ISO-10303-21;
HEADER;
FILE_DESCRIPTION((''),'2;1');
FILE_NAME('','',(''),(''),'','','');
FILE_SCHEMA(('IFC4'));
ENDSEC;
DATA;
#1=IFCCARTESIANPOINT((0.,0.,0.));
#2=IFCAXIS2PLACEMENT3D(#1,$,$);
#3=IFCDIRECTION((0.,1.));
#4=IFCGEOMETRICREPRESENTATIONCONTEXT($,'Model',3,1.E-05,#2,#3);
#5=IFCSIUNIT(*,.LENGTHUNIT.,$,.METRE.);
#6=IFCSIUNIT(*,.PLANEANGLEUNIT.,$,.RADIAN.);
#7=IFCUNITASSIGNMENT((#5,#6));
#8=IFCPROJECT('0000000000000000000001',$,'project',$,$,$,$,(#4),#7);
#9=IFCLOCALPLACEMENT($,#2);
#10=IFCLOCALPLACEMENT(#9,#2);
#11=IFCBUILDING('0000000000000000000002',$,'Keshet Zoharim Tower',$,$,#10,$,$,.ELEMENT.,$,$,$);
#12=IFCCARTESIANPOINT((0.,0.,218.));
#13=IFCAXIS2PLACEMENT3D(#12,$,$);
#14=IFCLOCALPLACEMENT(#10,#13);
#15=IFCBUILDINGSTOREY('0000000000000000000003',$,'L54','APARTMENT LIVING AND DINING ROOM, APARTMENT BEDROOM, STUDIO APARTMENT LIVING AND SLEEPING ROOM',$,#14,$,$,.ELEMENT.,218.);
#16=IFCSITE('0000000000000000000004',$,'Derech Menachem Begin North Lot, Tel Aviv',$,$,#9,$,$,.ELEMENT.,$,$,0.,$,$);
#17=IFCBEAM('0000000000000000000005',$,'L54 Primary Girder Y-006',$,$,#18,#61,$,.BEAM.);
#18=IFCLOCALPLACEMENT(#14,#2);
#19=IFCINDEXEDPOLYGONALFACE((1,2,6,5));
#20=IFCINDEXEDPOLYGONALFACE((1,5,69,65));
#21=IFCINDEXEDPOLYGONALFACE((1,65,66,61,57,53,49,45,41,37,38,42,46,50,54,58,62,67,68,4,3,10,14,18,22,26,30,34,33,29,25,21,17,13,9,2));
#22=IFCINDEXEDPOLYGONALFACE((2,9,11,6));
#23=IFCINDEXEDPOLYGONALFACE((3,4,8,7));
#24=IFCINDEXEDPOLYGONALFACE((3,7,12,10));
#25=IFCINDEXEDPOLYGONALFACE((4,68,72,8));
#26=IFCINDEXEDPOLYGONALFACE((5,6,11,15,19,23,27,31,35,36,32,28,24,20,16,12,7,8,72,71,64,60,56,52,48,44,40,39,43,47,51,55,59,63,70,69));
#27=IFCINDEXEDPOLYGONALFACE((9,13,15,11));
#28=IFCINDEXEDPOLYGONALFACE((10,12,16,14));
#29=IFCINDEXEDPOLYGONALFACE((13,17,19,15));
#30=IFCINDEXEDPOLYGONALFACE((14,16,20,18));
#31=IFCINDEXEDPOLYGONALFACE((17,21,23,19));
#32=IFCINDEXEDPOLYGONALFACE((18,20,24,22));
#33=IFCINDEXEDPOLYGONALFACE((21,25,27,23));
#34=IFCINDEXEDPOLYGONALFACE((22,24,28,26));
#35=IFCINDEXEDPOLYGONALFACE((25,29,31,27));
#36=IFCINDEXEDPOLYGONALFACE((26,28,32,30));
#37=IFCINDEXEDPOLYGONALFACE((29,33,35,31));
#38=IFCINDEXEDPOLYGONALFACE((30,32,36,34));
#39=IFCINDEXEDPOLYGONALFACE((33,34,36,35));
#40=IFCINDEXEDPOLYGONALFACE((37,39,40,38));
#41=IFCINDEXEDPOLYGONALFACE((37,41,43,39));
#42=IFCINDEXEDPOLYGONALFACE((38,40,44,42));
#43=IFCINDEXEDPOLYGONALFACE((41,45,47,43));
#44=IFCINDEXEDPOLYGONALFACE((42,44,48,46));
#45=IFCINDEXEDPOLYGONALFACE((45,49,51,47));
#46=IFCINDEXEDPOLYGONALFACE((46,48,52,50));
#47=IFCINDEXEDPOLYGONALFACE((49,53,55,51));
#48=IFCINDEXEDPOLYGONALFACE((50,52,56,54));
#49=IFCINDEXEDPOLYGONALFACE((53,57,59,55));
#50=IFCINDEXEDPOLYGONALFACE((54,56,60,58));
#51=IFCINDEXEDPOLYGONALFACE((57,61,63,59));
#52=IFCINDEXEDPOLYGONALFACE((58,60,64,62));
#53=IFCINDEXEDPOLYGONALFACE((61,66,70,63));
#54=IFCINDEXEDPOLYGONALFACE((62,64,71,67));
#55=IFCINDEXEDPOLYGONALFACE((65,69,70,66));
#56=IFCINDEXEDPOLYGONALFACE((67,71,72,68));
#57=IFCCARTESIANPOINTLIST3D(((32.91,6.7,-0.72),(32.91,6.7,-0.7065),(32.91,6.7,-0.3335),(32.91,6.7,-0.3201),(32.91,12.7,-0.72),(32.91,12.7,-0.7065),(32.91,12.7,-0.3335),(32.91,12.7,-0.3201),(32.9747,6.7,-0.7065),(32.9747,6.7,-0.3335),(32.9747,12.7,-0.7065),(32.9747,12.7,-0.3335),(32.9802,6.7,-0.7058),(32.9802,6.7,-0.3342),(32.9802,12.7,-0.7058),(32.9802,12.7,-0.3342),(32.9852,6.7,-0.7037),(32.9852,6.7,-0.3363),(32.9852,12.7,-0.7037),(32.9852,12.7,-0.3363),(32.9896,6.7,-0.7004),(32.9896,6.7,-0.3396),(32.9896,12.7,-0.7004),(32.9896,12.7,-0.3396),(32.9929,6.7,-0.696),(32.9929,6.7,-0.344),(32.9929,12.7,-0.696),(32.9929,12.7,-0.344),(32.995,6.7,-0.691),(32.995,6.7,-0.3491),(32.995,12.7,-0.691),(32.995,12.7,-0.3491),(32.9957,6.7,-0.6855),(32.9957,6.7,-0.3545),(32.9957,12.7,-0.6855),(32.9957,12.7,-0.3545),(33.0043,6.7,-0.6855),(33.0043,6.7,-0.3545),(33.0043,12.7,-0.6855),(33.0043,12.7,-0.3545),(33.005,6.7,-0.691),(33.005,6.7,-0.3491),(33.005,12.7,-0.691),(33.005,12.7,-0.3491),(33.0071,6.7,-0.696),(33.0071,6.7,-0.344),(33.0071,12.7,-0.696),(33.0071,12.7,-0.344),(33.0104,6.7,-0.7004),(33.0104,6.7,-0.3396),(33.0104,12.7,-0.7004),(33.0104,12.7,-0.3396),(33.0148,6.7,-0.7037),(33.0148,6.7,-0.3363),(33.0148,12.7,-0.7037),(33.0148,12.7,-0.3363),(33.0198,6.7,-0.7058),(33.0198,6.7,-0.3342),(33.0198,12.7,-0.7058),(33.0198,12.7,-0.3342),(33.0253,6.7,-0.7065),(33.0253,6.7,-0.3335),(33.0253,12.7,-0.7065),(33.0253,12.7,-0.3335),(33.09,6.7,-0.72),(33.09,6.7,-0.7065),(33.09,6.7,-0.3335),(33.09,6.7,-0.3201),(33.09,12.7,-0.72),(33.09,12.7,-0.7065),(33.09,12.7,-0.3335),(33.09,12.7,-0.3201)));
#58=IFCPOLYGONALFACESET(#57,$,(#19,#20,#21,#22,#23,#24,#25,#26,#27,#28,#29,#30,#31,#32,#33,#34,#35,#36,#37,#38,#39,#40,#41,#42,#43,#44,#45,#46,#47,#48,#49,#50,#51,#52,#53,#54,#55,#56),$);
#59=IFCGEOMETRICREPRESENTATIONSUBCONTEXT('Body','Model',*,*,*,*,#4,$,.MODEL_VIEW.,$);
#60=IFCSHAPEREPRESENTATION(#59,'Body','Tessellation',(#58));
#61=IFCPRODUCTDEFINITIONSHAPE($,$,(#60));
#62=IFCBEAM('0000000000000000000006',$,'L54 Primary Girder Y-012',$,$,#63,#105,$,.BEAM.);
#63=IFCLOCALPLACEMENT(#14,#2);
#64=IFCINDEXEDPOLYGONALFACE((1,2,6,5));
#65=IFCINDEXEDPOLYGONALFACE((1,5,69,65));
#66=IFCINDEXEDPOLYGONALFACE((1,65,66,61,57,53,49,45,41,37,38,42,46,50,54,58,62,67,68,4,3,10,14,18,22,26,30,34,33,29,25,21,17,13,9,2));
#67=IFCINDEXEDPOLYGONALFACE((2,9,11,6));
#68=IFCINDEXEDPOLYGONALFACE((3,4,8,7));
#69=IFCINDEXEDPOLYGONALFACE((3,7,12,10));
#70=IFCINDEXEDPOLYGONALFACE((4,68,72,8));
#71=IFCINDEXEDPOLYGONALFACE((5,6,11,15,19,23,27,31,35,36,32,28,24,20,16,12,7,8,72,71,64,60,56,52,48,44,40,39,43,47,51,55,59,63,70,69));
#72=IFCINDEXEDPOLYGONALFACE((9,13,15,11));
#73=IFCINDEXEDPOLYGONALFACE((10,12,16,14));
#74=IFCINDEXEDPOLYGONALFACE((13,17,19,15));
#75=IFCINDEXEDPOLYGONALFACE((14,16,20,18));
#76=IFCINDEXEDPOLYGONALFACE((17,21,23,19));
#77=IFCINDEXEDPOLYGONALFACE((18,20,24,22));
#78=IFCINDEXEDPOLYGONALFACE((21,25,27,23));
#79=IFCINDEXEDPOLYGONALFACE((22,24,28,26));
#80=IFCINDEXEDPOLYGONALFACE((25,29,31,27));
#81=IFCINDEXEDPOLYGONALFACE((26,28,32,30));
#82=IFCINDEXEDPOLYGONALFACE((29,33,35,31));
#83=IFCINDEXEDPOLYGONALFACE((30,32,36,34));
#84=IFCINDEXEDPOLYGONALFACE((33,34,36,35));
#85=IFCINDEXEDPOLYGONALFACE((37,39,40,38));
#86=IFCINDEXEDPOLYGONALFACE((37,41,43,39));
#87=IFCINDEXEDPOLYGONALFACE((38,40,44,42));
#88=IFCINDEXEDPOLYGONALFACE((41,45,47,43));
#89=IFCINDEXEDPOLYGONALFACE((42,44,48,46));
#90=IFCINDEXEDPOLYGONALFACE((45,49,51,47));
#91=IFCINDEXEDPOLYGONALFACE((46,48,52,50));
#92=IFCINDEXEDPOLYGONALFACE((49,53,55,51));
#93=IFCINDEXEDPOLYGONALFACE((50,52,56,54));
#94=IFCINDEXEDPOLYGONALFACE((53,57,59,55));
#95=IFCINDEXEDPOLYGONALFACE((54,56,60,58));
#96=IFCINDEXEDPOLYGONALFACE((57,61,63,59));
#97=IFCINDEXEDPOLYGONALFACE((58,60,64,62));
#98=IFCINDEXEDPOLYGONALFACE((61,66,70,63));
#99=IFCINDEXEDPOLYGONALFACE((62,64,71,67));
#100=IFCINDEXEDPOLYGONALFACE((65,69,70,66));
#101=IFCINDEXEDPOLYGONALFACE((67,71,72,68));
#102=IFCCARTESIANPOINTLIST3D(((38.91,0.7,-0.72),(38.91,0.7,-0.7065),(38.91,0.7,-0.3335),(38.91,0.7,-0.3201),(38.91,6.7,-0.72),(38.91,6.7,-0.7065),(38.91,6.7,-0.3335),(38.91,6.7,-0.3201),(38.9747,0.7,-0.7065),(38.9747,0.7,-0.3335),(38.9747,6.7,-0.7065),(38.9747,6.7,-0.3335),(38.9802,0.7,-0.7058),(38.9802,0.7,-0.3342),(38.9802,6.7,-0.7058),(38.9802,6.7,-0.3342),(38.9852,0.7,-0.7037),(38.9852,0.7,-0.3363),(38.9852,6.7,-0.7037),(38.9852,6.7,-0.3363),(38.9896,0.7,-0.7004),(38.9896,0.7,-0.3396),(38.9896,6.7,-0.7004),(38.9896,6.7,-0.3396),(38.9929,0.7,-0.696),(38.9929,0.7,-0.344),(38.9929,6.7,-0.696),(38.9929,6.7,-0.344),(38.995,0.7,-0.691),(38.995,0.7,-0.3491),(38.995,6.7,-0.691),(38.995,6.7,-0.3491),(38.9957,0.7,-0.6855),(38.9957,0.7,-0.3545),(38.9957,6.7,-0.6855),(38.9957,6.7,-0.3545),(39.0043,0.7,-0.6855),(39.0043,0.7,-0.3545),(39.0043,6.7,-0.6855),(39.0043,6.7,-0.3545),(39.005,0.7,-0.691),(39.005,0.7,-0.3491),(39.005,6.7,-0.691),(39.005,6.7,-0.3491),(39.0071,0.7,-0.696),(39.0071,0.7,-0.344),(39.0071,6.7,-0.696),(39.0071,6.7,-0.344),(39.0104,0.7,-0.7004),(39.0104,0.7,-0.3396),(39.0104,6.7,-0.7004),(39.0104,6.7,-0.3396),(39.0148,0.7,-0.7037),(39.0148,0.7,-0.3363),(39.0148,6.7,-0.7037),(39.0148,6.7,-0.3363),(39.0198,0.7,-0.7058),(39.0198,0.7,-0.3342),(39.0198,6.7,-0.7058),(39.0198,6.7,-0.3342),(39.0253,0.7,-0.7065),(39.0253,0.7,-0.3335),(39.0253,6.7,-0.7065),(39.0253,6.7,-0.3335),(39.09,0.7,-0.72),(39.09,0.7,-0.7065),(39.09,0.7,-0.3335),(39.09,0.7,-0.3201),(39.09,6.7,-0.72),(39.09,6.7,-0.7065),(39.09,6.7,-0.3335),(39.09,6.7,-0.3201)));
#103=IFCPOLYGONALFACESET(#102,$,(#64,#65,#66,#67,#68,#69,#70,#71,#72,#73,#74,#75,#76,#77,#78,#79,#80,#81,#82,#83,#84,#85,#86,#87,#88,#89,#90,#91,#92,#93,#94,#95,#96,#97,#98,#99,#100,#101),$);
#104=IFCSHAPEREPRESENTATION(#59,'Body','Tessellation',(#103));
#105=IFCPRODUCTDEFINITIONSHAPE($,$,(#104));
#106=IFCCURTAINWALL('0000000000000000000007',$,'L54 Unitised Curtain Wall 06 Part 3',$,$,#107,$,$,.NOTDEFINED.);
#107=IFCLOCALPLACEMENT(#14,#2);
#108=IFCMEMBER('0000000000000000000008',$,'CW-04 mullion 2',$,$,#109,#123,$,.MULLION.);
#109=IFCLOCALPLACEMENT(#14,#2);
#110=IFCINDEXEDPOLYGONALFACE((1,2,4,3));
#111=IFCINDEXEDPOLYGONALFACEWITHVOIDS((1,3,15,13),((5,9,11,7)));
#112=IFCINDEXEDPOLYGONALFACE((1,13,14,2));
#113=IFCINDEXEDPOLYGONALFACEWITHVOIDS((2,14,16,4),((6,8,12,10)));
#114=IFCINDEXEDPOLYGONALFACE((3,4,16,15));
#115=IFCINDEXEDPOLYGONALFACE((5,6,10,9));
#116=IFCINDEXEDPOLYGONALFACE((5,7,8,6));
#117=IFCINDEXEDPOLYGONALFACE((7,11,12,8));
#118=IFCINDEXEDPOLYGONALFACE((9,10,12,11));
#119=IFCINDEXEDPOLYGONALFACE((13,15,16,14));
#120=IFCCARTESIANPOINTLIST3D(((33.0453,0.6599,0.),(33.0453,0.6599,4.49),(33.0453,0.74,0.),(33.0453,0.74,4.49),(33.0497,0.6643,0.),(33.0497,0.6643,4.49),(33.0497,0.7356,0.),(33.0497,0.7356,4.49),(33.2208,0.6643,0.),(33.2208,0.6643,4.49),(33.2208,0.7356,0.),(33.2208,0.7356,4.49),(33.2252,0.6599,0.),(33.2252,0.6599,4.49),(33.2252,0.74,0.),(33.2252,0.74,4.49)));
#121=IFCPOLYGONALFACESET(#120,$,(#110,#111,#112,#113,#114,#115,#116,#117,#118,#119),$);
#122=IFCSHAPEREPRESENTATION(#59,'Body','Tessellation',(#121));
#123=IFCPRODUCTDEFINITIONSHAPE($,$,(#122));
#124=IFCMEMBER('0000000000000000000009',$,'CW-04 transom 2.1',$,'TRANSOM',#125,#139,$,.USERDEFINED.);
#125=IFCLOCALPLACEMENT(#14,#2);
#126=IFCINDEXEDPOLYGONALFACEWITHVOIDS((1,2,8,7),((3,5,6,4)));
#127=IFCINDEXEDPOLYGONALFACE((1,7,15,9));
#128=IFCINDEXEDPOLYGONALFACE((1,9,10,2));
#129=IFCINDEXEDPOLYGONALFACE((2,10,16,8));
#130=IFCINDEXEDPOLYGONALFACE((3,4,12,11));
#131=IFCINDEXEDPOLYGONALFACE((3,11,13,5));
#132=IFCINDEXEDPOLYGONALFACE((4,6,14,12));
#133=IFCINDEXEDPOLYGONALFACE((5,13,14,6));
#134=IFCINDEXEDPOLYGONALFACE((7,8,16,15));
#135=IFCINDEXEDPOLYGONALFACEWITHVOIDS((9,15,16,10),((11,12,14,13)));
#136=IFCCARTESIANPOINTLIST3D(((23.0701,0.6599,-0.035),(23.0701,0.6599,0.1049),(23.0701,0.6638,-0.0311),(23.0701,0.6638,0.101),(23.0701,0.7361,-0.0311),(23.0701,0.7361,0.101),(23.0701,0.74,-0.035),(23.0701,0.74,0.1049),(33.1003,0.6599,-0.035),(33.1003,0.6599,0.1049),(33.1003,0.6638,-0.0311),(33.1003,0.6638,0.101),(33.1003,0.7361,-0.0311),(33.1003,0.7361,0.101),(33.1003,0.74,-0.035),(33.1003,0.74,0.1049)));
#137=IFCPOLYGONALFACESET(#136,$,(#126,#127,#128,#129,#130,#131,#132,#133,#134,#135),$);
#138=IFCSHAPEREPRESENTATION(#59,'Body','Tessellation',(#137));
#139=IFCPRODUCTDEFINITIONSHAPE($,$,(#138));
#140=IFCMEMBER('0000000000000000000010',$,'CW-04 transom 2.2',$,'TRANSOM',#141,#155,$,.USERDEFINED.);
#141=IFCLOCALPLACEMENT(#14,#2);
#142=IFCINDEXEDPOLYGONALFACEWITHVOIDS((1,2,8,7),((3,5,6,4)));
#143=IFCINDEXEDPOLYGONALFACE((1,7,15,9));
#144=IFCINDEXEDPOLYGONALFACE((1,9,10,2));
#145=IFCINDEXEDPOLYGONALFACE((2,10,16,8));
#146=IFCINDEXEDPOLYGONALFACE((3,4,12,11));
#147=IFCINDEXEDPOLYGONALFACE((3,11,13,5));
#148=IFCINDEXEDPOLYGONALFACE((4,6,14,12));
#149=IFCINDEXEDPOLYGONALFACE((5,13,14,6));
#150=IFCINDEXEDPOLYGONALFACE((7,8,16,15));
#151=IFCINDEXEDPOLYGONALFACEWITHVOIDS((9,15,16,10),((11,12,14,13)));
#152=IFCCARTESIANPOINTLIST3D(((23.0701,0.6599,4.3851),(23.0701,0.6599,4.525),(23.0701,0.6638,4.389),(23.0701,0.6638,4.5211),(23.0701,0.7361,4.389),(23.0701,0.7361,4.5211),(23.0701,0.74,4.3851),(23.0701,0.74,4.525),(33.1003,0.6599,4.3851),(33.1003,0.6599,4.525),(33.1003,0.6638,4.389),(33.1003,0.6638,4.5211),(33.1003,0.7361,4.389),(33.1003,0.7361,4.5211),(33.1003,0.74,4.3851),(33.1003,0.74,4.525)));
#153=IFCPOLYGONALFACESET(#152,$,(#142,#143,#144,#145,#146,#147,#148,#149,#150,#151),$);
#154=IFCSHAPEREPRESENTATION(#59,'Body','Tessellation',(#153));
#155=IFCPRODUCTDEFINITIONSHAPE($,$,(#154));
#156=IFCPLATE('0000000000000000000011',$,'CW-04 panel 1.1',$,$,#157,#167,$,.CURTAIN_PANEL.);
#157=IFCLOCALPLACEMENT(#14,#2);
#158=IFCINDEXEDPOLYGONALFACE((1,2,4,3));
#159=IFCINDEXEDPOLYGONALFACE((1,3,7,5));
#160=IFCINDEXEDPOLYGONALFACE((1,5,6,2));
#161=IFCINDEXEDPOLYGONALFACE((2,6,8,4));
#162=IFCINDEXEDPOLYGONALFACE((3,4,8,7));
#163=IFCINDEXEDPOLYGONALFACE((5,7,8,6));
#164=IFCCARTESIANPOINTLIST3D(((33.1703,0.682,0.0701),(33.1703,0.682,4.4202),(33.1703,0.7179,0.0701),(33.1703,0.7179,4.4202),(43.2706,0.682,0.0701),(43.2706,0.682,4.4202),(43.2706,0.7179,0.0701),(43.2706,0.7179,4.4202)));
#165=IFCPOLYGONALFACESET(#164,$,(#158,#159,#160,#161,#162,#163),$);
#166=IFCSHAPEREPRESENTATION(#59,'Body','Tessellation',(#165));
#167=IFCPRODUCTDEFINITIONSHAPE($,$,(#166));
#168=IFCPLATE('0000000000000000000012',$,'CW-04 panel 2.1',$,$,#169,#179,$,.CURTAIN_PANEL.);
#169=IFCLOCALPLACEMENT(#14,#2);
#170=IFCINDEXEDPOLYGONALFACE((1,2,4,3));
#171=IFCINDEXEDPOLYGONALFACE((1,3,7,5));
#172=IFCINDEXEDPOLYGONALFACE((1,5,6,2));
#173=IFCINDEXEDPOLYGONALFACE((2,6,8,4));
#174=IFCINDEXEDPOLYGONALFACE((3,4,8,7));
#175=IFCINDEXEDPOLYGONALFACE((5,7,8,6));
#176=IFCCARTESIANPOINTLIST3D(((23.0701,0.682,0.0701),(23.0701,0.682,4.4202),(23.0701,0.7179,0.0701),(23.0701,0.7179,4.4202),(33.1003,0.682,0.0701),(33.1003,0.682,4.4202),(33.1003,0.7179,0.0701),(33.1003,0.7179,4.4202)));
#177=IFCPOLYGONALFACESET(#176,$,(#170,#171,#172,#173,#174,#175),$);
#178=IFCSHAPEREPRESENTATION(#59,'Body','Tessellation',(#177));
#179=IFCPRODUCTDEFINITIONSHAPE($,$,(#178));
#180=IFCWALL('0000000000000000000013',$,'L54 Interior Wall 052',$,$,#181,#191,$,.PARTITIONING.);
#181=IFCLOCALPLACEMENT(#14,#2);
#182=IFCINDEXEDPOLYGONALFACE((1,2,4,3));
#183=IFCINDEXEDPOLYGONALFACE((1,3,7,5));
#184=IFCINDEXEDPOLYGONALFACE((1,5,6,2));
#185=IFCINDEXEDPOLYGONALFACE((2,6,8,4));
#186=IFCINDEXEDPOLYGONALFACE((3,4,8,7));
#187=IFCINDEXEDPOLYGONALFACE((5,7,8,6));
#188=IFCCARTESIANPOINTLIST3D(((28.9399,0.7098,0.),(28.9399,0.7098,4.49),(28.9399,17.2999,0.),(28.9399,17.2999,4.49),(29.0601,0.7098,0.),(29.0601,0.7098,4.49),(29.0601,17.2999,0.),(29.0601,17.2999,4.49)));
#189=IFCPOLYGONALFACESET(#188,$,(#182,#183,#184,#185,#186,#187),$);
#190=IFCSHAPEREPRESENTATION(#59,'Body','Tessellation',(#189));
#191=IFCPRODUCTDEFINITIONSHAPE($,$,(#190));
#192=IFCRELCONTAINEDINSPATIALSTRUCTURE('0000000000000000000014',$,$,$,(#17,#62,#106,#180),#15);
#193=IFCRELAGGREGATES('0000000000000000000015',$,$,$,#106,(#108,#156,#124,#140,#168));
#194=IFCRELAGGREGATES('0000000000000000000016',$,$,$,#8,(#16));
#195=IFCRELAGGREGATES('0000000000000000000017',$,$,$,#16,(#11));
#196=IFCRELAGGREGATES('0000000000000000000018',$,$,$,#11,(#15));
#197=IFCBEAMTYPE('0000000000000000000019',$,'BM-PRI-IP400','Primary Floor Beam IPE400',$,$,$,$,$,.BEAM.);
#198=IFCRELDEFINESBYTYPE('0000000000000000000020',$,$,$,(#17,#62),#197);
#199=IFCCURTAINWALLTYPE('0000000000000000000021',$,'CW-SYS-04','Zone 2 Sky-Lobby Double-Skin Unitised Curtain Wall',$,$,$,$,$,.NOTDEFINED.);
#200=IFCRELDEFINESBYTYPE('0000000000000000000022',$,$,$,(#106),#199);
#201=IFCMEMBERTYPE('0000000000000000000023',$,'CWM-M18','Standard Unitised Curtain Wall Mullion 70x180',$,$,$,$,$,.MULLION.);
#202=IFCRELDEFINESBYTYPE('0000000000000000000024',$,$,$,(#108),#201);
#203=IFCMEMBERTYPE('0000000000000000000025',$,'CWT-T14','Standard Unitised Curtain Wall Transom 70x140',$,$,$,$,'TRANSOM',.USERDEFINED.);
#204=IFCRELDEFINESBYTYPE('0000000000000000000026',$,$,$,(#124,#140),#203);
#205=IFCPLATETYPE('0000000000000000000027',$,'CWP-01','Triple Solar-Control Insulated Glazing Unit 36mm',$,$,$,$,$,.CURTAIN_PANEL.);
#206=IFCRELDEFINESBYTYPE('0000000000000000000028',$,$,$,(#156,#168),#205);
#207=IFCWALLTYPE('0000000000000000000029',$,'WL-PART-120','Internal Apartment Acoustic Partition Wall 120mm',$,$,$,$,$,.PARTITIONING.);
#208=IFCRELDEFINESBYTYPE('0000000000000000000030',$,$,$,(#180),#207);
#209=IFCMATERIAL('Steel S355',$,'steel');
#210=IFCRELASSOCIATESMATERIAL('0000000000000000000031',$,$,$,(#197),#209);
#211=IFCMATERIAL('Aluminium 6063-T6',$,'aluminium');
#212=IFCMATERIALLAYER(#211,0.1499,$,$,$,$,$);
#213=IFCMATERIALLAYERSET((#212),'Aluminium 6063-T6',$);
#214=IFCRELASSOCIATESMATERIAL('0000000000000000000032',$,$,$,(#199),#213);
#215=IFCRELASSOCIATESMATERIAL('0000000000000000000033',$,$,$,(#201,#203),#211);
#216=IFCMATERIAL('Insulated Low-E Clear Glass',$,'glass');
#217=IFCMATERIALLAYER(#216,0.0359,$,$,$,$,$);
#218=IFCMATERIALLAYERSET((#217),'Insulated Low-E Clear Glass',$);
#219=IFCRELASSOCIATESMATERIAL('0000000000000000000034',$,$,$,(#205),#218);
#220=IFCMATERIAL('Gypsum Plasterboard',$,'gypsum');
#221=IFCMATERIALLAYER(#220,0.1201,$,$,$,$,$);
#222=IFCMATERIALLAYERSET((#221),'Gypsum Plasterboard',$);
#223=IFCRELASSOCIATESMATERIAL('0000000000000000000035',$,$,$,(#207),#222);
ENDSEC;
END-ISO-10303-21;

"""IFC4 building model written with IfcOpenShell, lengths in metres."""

from ifc_helpers import new_model, si_unit, direction, frame, frame_2d, origin, origin_2d, place, context, subcontext, project, spatial, rectangle, hollow_rectangle, i_section, extrude, material, layer, layer_set, material_profile, profile_set, type_object, element, aggregate, save


model = new_model("IFC4")

# Units and contexts
model_context = context("Model", 3, precision=1e-05, world=origin(), true_north=direction((0.0, 1.0)))
body_context = subcontext(model_context, "Body", "Model", "MODEL_VIEW")
ifc_project = project(units=[si_unit("LENGTHUNIT", "METRE"), si_unit("PLANEANGLEUNIT", "RADIAN")], contexts=[model_context])

# Site, building, storey
site_placement = place(None, origin())
site = spatial("IfcSite", under=ifc_project, at=site_placement, Name="Derech Menachem Begin North Lot, Tel Aviv", CompositionType="ELEMENT", RefElevation=0.0)
building_placement = place(site_placement, origin())
building = spatial("IfcBuilding", under=site, at=building_placement, Name="Keshet Zoharim Tower", CompositionType="ELEMENT")
storey_placement = place(building_placement, frame((0.0, 0.0, 218.0)))
storey = spatial("IfcBuildingStorey", under=building, at=storey_placement, Name="L54", Description="APARTMENT LIVING AND DINING ROOM, APARTMENT BEDROOM, STUDIO APARTMENT LIVING AND SLEEPING ROOM", CompositionType="ELEMENT", Elevation=218.0)

# Shared definitions
ifc_material_1 = material(Name="Steel S355", Category="steel")

# Beams
ifc_material_profile_1 = material_profile(ifc_material_1, i_section(OverallWidth=0.1799, OverallDepth=0.3999, WebThickness=0.0085, FlangeThickness=0.0134, FilletRadius=0.021, at=origin_2d()), Name="IPE400")
ifc_profile_set_1 = profile_set([ifc_material_profile_1], Name="Steel S355")
beam_type_1 = type_object("IfcBeamType", Name="BM-PRI-IP400", Description="Primary Floor Beam IPE400", PredefinedType="BEAM", material=ifc_profile_set_1)
for number, where, z_axis, x_axis, name in (
    (1, (33.0, 6.7, -0.52), (0.0, 1.0, 0.0), (-1.0, 0.0, 0.0), "L54 Primary Girder Y-006"),
    (2, (39.0, 0.7, -0.52), (0.0, 1.0, 0.0), (-1.0, 0.0, 0.0), "L54 Primary Girder Y-012"),
):
    element("IfcBeam", number, at=place(storey_placement, frame(where, z_axis=z_axis, x_axis=x_axis)), inside=storey, type_object=beam_type_1, Name=name, PredefinedType="BEAM", context=body_context, shape_type="SweptSolid", body=[
        extrude(i_section(OverallWidth=0.1799, OverallDepth=0.3999, WebThickness=0.0085, FlangeThickness=0.0134, FilletRadius=0.021, at=origin_2d()), origin(), (0.0, 0.0, 1.0), 6.0),
    ])

# Curtain wall, members, plates
ifc_material_2 = material(Name="Aluminium 6063-T6", Category="aluminium")
ifc_layer_1 = layer(ifc_material_2, 0.1499)
ifc_layer_set_1 = layer_set([ifc_layer_1], Name="Aluminium 6063-T6")
curtain_wall_type = type_object("IfcCurtainWallType", Name="CW-SYS-04", Description="Zone 2 Sky-Lobby Double-Skin Unitised Curtain Wall", PredefinedType="NOTDEFINED", material=ifc_layer_set_1)
curtain_wall_placement = place(storey_placement, origin())
curtain_wall = element("IfcCurtainWall", 3, at=curtain_wall_placement, inside=storey, type_object=curtain_wall_type, Name="L54 Unitised Curtain Wall 06 Part 3", PredefinedType="NOTDEFINED")
ifc_material_profile_2 = material_profile(ifc_material_2, hollow_rectangle(XDim=0.0801, YDim=0.1799, WallThickness=0.0044, at=origin_2d()), Name="MUL-80x180")
ifc_profile_set_2 = profile_set([ifc_material_profile_2], Name="Aluminium 6063-T6")
member_type_1 = type_object("IfcMemberType", Name="CWM-M18", Description="Standard Unitised Curtain Wall Mullion 70x180", PredefinedType="MULLION", material=ifc_profile_set_2)
member_1_placement = place(storey_placement, frame((33.1353, 0.7, 0.0), z_axis=(0.0, 0.0, 1.0), x_axis=(0.0, -1.0, 0.0)))
member_1 = element("IfcMember", 4, at=member_1_placement, type_object=member_type_1, Name="CW-04 mullion 2", PredefinedType="MULLION", context=body_context, shape_type="SweptSolid", body=[
    extrude(hollow_rectangle(XDim=0.0801, YDim=0.1799, WallThickness=0.0044, at=origin_2d()), origin(), (0.0, 0.0, 1.0), 4.49),
])
ifc_material_profile_3 = material_profile(ifc_material_2, hollow_rectangle(XDim=0.0801, YDim=0.1399, WallThickness=0.0039, at=origin_2d()), Name="TRN-80x140")
ifc_profile_set_3 = profile_set([ifc_material_profile_3], Name="Aluminium 6063-T6")
member_type_2 = type_object("IfcMemberType", Name="CWT-T14", Description="Standard Unitised Curtain Wall Transom 70x140", ElementType="TRANSOM", PredefinedType="USERDEFINED", material=ifc_profile_set_3)
member_2_placement = place(storey_placement, frame((33.1003, 0.7, 0.0349), z_axis=(-1.0, 0.0, 0.0), x_axis=(0.0, -1.0, 0.0)))
member_2 = element("IfcMember", 5, at=member_2_placement, type_object=member_type_2, Name="CW-04 transom 2.1", ObjectType="TRANSOM", PredefinedType="USERDEFINED", context=body_context, shape_type="SweptSolid", body=[
    extrude(hollow_rectangle(XDim=0.0801, YDim=0.1399, WallThickness=0.0039, at=origin_2d()), origin(), (0.0, 0.0, 1.0), 10.0303),
])
member_3_placement = place(storey_placement, frame((33.1003, 0.7, 4.4551), z_axis=(-1.0, 0.0, 0.0), x_axis=(0.0, -1.0, 0.0)))
member_3 = element("IfcMember", 6, at=member_3_placement, type_object=member_type_2, Name="CW-04 transom 2.2", ObjectType="TRANSOM", PredefinedType="USERDEFINED", context=body_context, shape_type="SweptSolid", body=[
    extrude(hollow_rectangle(XDim=0.0801, YDim=0.1399, WallThickness=0.0039, at=origin_2d()), origin(), (0.0, 0.0, 1.0), 10.0303),
])
ifc_material_3 = material(Name="Insulated Low-E Clear Glass", Category="glass")
ifc_layer_2 = layer(ifc_material_3, 0.0359)
ifc_layer_set_2 = layer_set([ifc_layer_2], Name="Insulated Low-E Clear Glass")
plate_type = type_object("IfcPlateType", Name="CWP-01", Description="Triple Solar-Control Insulated Glazing Unit 36mm", PredefinedType="CURTAIN_PANEL", material=ifc_layer_set_2)
plate_1_placement = place(storey_placement, frame((38.2205, 0.7, 0.0701), z_axis=(0.0, 0.0, 1.0), x_axis=(-1.0, 0.0, 0.0)))
plate_1 = element("IfcPlate", 7, at=plate_1_placement, type_object=plate_type, Name="CW-04 panel 1.1", PredefinedType="CURTAIN_PANEL", context=body_context, shape_type="SweptSolid", body=[
    extrude(rectangle(XDim=10.1003, YDim=0.0359, at=origin_2d()), origin(), (0.0, 0.0, 1.0), 4.3501),
])
plate_2_placement = place(storey_placement, frame((28.0852, 0.7, 0.0701), z_axis=(0.0, 0.0, 1.0), x_axis=(-1.0, 0.0, 0.0)))
plate_2 = element("IfcPlate", 8, at=plate_2_placement, type_object=plate_type, Name="CW-04 panel 2.1", PredefinedType="CURTAIN_PANEL", context=body_context, shape_type="SweptSolid", body=[
    extrude(rectangle(XDim=10.0303, YDim=0.0359, at=origin_2d()), origin(), (0.0, 0.0, 1.0), 4.3501),
])
aggregate(curtain_wall, [member_1, plate_1, member_2, member_3, plate_2])

# Wall
ifc_material_4 = material(Name="Gypsum Plasterboard", Category="gypsum")
ifc_layer_3 = layer(ifc_material_4, 0.1201)
ifc_layer_set_3 = layer_set([ifc_layer_3], Name="Gypsum Plasterboard")
wall_type = type_object("IfcWallType", Name="WL-PART-120", Description="Internal Apartment Acoustic Partition Wall 120mm", PredefinedType="PARTITIONING", material=ifc_layer_set_3)
wall_1_placement = place(storey_placement, frame((29.0, 0.71, 0.0), z_axis=(0.0, 0.0, 1.0), x_axis=(0.0, 1.0, 0.0)))
element("IfcWall", 9, at=wall_1_placement, inside=storey, type_object=wall_type, Name="L54 Interior Wall 052", PredefinedType="PARTITIONING", context=body_context, shape_type="SweptSolid", body=[
    extrude(rectangle(XDim=16.5901, YDim=0.1201, at=frame_2d((8.2949, 0.0))), origin(), (0.0, 0.0, 1.0), 4.49),
])

save(model, "model.ifc")
